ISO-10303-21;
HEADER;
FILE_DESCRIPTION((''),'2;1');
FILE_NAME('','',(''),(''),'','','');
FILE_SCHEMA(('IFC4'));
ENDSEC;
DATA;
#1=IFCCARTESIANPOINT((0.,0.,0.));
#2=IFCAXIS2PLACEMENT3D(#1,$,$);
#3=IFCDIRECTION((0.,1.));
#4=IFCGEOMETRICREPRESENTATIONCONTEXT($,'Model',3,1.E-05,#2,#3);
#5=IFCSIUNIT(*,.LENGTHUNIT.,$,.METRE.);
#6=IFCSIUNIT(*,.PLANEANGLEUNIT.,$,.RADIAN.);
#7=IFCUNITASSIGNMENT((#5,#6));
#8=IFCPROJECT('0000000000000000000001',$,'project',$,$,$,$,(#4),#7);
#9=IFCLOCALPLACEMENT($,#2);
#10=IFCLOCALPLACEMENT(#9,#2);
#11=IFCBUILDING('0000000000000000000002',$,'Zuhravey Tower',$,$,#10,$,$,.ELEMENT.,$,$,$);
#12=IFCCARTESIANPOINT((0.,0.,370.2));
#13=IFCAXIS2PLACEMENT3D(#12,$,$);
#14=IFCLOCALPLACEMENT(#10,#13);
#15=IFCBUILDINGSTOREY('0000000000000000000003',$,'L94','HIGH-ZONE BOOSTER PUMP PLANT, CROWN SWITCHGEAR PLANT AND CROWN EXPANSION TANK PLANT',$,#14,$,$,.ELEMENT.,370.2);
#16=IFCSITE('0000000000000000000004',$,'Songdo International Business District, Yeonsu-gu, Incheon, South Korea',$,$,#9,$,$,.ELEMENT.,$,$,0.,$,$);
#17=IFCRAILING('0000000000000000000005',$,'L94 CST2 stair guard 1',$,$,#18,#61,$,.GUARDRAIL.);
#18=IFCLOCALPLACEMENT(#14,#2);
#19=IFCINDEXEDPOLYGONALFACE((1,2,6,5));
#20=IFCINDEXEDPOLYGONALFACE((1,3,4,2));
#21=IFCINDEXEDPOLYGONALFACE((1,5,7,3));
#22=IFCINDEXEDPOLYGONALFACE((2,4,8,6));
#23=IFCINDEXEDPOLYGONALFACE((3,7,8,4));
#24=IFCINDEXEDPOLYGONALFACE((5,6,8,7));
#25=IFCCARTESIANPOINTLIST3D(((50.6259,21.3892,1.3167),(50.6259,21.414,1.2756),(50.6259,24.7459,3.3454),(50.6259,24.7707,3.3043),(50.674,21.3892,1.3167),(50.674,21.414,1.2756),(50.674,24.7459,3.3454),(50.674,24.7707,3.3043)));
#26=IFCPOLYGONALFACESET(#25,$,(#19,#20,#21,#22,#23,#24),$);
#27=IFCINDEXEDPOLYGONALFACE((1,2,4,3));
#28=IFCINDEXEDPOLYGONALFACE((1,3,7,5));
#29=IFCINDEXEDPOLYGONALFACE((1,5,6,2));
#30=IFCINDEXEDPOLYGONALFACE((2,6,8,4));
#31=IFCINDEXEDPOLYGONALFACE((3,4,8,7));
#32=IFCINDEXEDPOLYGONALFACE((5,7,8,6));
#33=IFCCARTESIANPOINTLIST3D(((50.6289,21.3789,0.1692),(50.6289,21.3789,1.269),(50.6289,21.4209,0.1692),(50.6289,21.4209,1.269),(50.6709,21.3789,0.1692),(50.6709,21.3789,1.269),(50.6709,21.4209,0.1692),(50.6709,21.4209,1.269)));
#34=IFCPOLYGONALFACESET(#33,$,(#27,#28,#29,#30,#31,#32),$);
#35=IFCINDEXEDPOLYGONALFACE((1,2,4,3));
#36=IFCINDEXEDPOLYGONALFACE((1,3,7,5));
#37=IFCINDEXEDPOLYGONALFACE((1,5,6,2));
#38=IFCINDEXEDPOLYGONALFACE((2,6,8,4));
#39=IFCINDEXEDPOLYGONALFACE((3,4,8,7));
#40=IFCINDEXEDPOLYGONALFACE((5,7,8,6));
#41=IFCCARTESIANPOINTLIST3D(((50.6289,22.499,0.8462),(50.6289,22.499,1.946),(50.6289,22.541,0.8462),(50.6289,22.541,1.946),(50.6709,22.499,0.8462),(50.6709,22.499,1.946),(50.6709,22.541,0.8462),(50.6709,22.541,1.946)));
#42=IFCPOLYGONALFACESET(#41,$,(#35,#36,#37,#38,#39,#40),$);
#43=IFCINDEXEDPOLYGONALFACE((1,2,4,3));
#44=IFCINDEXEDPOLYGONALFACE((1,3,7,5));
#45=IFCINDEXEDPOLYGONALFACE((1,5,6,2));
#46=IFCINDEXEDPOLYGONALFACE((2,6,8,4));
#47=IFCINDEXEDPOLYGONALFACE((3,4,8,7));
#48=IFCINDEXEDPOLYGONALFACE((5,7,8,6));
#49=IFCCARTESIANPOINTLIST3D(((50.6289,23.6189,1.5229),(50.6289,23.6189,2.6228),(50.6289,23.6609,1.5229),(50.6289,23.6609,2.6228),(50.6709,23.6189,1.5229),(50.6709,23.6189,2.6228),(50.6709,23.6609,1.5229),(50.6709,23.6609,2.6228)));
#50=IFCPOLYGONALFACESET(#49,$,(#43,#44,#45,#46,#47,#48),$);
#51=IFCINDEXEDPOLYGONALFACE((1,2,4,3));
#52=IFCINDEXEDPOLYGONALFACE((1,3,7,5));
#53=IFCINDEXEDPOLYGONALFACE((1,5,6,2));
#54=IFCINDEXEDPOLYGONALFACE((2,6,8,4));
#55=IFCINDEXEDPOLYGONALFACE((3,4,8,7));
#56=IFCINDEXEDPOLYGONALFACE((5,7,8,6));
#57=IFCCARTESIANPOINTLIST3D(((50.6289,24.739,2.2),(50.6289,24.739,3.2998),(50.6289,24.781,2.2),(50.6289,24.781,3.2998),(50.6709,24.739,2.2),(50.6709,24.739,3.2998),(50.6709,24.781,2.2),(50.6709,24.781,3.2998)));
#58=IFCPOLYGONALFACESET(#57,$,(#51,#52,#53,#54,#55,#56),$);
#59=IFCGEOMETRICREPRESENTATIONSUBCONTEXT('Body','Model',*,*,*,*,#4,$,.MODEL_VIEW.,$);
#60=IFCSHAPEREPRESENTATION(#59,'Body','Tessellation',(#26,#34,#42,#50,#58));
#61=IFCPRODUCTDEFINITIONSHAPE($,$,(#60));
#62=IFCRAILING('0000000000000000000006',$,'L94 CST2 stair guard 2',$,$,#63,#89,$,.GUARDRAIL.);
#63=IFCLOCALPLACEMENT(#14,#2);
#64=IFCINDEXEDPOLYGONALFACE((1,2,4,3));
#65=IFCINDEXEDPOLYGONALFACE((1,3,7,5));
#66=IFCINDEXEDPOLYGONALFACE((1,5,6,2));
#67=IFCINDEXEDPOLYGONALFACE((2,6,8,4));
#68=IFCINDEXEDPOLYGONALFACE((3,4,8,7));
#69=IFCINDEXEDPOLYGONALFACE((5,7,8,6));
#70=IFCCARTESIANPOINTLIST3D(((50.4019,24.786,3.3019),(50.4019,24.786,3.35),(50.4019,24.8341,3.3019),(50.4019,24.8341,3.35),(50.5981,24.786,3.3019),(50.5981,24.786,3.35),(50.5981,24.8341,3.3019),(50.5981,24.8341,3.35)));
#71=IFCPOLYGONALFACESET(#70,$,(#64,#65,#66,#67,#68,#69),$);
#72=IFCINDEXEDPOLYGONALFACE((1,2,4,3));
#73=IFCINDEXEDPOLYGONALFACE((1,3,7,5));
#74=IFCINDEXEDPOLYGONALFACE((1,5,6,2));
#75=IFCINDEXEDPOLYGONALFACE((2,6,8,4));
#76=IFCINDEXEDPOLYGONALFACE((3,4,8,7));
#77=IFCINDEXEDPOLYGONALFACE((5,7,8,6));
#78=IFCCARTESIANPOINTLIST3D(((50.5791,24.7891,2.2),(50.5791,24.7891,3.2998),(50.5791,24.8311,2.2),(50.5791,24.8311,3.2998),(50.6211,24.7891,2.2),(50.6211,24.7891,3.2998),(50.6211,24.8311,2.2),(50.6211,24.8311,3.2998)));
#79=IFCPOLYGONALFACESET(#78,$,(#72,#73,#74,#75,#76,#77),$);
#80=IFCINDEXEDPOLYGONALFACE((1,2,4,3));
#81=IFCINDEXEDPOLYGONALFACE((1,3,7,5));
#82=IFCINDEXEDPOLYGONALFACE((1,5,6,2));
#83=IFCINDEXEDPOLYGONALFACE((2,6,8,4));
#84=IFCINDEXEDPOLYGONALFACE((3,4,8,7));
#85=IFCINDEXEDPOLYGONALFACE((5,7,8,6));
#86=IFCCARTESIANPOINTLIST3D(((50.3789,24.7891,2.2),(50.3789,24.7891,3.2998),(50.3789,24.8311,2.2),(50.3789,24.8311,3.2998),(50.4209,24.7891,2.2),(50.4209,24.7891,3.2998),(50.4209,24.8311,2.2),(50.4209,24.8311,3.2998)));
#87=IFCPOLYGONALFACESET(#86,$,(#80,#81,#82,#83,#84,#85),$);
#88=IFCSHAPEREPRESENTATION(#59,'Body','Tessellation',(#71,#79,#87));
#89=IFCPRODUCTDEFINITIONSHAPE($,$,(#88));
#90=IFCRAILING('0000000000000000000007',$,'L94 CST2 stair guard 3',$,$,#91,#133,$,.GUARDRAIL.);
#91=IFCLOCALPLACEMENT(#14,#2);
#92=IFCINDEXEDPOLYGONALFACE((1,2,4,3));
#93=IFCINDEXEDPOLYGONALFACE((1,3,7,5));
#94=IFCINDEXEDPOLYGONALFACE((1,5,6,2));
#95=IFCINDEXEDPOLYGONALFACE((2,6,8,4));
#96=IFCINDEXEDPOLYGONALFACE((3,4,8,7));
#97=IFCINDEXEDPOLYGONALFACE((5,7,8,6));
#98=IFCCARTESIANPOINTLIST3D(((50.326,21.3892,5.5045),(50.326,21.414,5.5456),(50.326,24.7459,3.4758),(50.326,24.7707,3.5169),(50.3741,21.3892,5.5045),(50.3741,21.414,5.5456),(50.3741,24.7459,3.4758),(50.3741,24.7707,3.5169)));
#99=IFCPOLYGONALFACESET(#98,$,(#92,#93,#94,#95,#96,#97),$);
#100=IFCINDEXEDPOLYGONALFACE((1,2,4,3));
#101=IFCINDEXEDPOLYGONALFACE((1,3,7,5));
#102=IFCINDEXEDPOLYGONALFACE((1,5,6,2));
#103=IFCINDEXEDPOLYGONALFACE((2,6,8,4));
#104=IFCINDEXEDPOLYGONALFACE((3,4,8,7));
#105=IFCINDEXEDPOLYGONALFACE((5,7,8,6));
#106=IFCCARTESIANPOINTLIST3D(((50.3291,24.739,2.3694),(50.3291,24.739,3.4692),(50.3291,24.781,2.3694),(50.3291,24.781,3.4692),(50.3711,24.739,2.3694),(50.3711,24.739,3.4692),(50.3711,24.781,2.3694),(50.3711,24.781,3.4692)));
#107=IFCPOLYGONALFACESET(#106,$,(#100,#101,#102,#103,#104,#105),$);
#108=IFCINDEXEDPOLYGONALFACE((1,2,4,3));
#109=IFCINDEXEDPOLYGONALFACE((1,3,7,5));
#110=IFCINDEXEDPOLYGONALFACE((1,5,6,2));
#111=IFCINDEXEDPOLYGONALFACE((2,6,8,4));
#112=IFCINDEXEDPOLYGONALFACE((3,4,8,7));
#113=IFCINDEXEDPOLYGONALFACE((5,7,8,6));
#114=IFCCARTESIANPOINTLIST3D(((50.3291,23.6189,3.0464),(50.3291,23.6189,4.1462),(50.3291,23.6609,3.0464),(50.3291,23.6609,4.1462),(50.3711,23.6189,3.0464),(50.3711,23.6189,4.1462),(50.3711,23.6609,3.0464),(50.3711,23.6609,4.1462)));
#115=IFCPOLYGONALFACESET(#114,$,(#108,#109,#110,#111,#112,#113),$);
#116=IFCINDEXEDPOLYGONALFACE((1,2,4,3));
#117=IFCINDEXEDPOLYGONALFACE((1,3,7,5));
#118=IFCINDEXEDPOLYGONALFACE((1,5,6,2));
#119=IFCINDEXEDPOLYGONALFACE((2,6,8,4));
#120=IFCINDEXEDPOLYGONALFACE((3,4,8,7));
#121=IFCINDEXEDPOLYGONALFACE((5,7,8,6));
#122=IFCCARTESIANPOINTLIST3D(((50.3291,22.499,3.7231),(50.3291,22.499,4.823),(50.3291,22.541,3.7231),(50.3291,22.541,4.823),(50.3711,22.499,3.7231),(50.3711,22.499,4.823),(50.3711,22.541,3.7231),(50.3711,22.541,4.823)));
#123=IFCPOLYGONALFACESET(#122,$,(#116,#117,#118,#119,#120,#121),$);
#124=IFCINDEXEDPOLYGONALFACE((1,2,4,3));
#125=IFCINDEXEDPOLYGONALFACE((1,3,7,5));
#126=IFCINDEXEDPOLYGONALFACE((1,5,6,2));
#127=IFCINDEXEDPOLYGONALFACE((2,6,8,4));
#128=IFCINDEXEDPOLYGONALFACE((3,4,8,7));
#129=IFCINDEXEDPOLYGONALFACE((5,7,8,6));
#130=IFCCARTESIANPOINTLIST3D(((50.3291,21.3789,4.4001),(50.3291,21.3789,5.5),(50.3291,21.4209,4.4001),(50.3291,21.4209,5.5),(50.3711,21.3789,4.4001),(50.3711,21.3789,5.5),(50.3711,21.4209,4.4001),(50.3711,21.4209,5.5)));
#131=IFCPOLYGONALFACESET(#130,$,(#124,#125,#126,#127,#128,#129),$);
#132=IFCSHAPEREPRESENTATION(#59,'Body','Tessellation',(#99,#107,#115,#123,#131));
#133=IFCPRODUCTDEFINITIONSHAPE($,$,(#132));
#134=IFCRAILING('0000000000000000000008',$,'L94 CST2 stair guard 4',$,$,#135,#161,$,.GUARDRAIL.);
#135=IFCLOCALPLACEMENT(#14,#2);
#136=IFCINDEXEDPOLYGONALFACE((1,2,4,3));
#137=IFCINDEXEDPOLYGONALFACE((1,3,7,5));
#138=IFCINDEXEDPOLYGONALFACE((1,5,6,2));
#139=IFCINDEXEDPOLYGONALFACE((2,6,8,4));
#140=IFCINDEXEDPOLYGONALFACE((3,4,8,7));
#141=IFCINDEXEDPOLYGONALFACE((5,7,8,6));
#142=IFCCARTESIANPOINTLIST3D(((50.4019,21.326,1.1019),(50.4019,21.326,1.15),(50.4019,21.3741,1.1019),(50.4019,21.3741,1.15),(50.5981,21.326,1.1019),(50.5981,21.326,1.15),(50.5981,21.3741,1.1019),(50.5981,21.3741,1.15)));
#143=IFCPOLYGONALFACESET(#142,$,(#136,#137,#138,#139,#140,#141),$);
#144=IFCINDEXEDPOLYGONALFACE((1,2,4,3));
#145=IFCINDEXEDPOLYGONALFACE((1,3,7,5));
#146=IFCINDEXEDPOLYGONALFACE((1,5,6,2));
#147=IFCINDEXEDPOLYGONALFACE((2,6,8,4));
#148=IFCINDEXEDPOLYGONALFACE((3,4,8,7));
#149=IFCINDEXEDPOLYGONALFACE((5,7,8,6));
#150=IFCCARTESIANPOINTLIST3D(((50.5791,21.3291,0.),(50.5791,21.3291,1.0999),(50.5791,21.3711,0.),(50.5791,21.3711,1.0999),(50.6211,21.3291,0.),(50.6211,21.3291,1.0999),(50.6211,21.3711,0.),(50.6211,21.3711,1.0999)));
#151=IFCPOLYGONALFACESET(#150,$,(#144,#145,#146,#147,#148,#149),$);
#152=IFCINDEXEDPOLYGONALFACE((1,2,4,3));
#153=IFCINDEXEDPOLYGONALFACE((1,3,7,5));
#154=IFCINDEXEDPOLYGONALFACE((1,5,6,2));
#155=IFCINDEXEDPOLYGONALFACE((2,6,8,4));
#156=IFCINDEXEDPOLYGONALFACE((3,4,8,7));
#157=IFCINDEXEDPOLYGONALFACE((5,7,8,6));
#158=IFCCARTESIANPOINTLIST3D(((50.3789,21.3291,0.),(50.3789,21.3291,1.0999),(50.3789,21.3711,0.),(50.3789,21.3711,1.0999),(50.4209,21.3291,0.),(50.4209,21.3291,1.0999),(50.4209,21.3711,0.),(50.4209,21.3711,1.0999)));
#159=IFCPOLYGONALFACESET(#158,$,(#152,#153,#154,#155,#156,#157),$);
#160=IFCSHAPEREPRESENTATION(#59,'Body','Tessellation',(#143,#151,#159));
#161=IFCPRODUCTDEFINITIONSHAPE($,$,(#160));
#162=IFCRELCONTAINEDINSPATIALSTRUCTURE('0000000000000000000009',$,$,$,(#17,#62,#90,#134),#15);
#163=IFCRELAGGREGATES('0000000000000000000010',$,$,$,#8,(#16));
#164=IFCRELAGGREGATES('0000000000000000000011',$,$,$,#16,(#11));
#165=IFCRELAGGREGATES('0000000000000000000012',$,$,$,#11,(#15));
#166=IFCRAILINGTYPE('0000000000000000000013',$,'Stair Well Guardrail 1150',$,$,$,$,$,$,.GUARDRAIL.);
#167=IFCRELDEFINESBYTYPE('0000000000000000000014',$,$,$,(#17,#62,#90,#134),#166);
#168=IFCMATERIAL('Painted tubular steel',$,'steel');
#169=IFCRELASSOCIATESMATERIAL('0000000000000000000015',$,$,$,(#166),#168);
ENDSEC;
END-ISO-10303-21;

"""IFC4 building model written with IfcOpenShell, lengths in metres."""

from ifc_helpers import new_model, si_unit, direction, frame, origin, origin_2d, place, context, subcontext, project, spatial, rectangle, extrude, material, type_object, element, save


model = new_model("IFC4")

# Units and contexts
model_context = context("Model", 3, precision=1e-05, world=origin(), true_north=direction((0.0, 1.0)))
body_context = subcontext(model_context, "Body", "Model", "MODEL_VIEW")
ifc_project = project(units=[si_unit("LENGTHUNIT", "METRE"), si_unit("PLANEANGLEUNIT", "RADIAN")], contexts=[model_context])

# Site, building, storey
site_placement = place(None, origin())
site = spatial("IfcSite", under=ifc_project, at=site_placement, Name="Songdo International Business District, Yeonsu-gu, Incheon, South Korea", CompositionType="ELEMENT", RefElevation=0.0)
building_placement = place(site_placement, origin())
building = spatial("IfcBuilding", under=site, at=building_placement, Name="Zuhravey Tower", CompositionType="ELEMENT")
storey_placement = place(building_placement, frame((0.0, 0.0, 370.2)))
storey = spatial("IfcBuildingStorey", under=building, at=storey_placement, Name="L94", Description="HIGH-ZONE BOOSTER PUMP PLANT, CROWN SWITCHGEAR PLANT AND CROWN EXPANSION TANK PLANT", CompositionType="ELEMENT", Elevation=370.2)

# Railings
ifc_material_1 = material(Name="Painted tubular steel", Category="steel")
railing_type_1 = type_object("IfcRailingType", Name="Stair Well Guardrail 1150", PredefinedType="GUARDRAIL", material=ifc_material_1)
railing_1_placement = place(storey_placement, frame((50.6499, 21.3999, 0.1692)))
element("IfcRailing", 1, at=railing_1_placement, inside=storey, type_object=railing_type_1, Name="L94 CST2 stair guard 1", PredefinedType="GUARDRAIL", context=body_context, shape_type="SweptSolid", body=[
    extrude(rectangle(XDim=0.0481, YDim=0.0481, at=origin_2d()), frame((0.0, 0.0017, 1.127), z_axis=(0.0, 0.855837, 0.517246), x_axis=(-1.0, 0.0, 0.0)), (0.0, 0.0, 1.0), 3.9221),
    extrude(rectangle(XDim=0.042, YDim=0.042, at=origin_2d()), origin(), (0.0, 0.0, 1.0), 1.0999),
    extrude(rectangle(XDim=0.042, YDim=0.042, at=origin_2d()), frame((0.0, 1.1201, 0.677)), (0.0, 0.0, 1.0), 1.0999),
    extrude(rectangle(XDim=0.042, YDim=0.042, at=origin_2d()), frame((0.0, 2.24, 1.3538)), (0.0, 0.0, 1.0), 1.0999),
    extrude(rectangle(XDim=0.042, YDim=0.042, at=origin_2d()), frame((0.0, 3.3601, 2.0308)), (0.0, 0.0, 1.0), 1.0999),
])
railing_2_placement = place(storey_placement, frame((50.6001, 24.8101, 2.2)))
element("IfcRailing", 2, at=railing_2_placement, inside=storey, type_object=railing_type_1, Name="L94 CST2 stair guard 2", PredefinedType="GUARDRAIL", context=body_context, shape_type="SweptSolid", body=[
    extrude(rectangle(XDim=0.0481, YDim=0.0481, at=origin_2d()), frame((-0.002, 0.0, 1.126), z_axis=(-1.0, 0.0, 0.0), x_axis=(0.0, -1.0, 0.0)), (0.0, 0.0, 1.0), 0.1963),
    extrude(rectangle(XDim=0.042, YDim=0.042, at=origin_2d()), origin(), (0.0, 0.0, 1.0), 1.0999),
    extrude(rectangle(XDim=0.042, YDim=0.042, at=origin_2d()), frame((-0.2002, 0.0, 0.0)), (0.0, 0.0, 1.0), 1.0999),
])
railing_3_placement = place(storey_placement, frame((50.3501, 24.76, 2.3694)))
element("IfcRailing", 3, at=railing_3_placement, inside=storey, type_object=railing_type_1, Name="L94 CST2 stair guard 3", PredefinedType="GUARDRAIL", context=body_context, shape_type="SweptSolid", body=[
    extrude(rectangle(XDim=0.0481, YDim=0.0481, at=origin_2d()), frame((0.0, -0.0017, 1.127), z_axis=(0.0, -0.855837, 0.517246), x_axis=(1.0, 0.0, 0.0)), (0.0, 0.0, 1.0), 3.9221),
    extrude(rectangle(XDim=0.042, YDim=0.042, at=origin_2d()), origin(), (0.0, 0.0, 1.0), 1.0999),
    extrude(rectangle(XDim=0.042, YDim=0.042, at=origin_2d()), frame((0.0, -1.1201, 0.677)), (0.0, 0.0, 1.0), 1.0999),
    extrude(rectangle(XDim=0.042, YDim=0.042, at=origin_2d()), frame((0.0, -2.24, 1.3538)), (0.0, 0.0, 1.0), 1.0999),
    extrude(rectangle(XDim=0.042, YDim=0.042, at=origin_2d()), frame((0.0, -3.3601, 2.0308)), (0.0, 0.0, 1.0), 1.0999),
])
railing_4_placement = place(storey_placement, frame((50.6001, 21.3501, 0.0)))
element("IfcRailing", 4, at=railing_4_placement, inside=storey, type_object=railing_type_1, Name="L94 CST2 stair guard 4", PredefinedType="GUARDRAIL", context=body_context, shape_type="SweptSolid", body=[
    extrude(rectangle(XDim=0.0481, YDim=0.0481, at=origin_2d()), frame((-0.002, 0.0, 1.126), z_axis=(-1.0, 0.0, 0.0), x_axis=(0.0, -1.0, 0.0)), (0.0, 0.0, 1.0), 0.1963),
    extrude(rectangle(XDim=0.042, YDim=0.042, at=origin_2d()), origin(), (0.0, 0.0, 1.0), 1.0999),
    extrude(rectangle(XDim=0.042, YDim=0.042, at=origin_2d()), frame((-0.2002, 0.0, 0.0)), (0.0, 0.0, 1.0), 1.0999),
])

save(model, "model.ifc")
